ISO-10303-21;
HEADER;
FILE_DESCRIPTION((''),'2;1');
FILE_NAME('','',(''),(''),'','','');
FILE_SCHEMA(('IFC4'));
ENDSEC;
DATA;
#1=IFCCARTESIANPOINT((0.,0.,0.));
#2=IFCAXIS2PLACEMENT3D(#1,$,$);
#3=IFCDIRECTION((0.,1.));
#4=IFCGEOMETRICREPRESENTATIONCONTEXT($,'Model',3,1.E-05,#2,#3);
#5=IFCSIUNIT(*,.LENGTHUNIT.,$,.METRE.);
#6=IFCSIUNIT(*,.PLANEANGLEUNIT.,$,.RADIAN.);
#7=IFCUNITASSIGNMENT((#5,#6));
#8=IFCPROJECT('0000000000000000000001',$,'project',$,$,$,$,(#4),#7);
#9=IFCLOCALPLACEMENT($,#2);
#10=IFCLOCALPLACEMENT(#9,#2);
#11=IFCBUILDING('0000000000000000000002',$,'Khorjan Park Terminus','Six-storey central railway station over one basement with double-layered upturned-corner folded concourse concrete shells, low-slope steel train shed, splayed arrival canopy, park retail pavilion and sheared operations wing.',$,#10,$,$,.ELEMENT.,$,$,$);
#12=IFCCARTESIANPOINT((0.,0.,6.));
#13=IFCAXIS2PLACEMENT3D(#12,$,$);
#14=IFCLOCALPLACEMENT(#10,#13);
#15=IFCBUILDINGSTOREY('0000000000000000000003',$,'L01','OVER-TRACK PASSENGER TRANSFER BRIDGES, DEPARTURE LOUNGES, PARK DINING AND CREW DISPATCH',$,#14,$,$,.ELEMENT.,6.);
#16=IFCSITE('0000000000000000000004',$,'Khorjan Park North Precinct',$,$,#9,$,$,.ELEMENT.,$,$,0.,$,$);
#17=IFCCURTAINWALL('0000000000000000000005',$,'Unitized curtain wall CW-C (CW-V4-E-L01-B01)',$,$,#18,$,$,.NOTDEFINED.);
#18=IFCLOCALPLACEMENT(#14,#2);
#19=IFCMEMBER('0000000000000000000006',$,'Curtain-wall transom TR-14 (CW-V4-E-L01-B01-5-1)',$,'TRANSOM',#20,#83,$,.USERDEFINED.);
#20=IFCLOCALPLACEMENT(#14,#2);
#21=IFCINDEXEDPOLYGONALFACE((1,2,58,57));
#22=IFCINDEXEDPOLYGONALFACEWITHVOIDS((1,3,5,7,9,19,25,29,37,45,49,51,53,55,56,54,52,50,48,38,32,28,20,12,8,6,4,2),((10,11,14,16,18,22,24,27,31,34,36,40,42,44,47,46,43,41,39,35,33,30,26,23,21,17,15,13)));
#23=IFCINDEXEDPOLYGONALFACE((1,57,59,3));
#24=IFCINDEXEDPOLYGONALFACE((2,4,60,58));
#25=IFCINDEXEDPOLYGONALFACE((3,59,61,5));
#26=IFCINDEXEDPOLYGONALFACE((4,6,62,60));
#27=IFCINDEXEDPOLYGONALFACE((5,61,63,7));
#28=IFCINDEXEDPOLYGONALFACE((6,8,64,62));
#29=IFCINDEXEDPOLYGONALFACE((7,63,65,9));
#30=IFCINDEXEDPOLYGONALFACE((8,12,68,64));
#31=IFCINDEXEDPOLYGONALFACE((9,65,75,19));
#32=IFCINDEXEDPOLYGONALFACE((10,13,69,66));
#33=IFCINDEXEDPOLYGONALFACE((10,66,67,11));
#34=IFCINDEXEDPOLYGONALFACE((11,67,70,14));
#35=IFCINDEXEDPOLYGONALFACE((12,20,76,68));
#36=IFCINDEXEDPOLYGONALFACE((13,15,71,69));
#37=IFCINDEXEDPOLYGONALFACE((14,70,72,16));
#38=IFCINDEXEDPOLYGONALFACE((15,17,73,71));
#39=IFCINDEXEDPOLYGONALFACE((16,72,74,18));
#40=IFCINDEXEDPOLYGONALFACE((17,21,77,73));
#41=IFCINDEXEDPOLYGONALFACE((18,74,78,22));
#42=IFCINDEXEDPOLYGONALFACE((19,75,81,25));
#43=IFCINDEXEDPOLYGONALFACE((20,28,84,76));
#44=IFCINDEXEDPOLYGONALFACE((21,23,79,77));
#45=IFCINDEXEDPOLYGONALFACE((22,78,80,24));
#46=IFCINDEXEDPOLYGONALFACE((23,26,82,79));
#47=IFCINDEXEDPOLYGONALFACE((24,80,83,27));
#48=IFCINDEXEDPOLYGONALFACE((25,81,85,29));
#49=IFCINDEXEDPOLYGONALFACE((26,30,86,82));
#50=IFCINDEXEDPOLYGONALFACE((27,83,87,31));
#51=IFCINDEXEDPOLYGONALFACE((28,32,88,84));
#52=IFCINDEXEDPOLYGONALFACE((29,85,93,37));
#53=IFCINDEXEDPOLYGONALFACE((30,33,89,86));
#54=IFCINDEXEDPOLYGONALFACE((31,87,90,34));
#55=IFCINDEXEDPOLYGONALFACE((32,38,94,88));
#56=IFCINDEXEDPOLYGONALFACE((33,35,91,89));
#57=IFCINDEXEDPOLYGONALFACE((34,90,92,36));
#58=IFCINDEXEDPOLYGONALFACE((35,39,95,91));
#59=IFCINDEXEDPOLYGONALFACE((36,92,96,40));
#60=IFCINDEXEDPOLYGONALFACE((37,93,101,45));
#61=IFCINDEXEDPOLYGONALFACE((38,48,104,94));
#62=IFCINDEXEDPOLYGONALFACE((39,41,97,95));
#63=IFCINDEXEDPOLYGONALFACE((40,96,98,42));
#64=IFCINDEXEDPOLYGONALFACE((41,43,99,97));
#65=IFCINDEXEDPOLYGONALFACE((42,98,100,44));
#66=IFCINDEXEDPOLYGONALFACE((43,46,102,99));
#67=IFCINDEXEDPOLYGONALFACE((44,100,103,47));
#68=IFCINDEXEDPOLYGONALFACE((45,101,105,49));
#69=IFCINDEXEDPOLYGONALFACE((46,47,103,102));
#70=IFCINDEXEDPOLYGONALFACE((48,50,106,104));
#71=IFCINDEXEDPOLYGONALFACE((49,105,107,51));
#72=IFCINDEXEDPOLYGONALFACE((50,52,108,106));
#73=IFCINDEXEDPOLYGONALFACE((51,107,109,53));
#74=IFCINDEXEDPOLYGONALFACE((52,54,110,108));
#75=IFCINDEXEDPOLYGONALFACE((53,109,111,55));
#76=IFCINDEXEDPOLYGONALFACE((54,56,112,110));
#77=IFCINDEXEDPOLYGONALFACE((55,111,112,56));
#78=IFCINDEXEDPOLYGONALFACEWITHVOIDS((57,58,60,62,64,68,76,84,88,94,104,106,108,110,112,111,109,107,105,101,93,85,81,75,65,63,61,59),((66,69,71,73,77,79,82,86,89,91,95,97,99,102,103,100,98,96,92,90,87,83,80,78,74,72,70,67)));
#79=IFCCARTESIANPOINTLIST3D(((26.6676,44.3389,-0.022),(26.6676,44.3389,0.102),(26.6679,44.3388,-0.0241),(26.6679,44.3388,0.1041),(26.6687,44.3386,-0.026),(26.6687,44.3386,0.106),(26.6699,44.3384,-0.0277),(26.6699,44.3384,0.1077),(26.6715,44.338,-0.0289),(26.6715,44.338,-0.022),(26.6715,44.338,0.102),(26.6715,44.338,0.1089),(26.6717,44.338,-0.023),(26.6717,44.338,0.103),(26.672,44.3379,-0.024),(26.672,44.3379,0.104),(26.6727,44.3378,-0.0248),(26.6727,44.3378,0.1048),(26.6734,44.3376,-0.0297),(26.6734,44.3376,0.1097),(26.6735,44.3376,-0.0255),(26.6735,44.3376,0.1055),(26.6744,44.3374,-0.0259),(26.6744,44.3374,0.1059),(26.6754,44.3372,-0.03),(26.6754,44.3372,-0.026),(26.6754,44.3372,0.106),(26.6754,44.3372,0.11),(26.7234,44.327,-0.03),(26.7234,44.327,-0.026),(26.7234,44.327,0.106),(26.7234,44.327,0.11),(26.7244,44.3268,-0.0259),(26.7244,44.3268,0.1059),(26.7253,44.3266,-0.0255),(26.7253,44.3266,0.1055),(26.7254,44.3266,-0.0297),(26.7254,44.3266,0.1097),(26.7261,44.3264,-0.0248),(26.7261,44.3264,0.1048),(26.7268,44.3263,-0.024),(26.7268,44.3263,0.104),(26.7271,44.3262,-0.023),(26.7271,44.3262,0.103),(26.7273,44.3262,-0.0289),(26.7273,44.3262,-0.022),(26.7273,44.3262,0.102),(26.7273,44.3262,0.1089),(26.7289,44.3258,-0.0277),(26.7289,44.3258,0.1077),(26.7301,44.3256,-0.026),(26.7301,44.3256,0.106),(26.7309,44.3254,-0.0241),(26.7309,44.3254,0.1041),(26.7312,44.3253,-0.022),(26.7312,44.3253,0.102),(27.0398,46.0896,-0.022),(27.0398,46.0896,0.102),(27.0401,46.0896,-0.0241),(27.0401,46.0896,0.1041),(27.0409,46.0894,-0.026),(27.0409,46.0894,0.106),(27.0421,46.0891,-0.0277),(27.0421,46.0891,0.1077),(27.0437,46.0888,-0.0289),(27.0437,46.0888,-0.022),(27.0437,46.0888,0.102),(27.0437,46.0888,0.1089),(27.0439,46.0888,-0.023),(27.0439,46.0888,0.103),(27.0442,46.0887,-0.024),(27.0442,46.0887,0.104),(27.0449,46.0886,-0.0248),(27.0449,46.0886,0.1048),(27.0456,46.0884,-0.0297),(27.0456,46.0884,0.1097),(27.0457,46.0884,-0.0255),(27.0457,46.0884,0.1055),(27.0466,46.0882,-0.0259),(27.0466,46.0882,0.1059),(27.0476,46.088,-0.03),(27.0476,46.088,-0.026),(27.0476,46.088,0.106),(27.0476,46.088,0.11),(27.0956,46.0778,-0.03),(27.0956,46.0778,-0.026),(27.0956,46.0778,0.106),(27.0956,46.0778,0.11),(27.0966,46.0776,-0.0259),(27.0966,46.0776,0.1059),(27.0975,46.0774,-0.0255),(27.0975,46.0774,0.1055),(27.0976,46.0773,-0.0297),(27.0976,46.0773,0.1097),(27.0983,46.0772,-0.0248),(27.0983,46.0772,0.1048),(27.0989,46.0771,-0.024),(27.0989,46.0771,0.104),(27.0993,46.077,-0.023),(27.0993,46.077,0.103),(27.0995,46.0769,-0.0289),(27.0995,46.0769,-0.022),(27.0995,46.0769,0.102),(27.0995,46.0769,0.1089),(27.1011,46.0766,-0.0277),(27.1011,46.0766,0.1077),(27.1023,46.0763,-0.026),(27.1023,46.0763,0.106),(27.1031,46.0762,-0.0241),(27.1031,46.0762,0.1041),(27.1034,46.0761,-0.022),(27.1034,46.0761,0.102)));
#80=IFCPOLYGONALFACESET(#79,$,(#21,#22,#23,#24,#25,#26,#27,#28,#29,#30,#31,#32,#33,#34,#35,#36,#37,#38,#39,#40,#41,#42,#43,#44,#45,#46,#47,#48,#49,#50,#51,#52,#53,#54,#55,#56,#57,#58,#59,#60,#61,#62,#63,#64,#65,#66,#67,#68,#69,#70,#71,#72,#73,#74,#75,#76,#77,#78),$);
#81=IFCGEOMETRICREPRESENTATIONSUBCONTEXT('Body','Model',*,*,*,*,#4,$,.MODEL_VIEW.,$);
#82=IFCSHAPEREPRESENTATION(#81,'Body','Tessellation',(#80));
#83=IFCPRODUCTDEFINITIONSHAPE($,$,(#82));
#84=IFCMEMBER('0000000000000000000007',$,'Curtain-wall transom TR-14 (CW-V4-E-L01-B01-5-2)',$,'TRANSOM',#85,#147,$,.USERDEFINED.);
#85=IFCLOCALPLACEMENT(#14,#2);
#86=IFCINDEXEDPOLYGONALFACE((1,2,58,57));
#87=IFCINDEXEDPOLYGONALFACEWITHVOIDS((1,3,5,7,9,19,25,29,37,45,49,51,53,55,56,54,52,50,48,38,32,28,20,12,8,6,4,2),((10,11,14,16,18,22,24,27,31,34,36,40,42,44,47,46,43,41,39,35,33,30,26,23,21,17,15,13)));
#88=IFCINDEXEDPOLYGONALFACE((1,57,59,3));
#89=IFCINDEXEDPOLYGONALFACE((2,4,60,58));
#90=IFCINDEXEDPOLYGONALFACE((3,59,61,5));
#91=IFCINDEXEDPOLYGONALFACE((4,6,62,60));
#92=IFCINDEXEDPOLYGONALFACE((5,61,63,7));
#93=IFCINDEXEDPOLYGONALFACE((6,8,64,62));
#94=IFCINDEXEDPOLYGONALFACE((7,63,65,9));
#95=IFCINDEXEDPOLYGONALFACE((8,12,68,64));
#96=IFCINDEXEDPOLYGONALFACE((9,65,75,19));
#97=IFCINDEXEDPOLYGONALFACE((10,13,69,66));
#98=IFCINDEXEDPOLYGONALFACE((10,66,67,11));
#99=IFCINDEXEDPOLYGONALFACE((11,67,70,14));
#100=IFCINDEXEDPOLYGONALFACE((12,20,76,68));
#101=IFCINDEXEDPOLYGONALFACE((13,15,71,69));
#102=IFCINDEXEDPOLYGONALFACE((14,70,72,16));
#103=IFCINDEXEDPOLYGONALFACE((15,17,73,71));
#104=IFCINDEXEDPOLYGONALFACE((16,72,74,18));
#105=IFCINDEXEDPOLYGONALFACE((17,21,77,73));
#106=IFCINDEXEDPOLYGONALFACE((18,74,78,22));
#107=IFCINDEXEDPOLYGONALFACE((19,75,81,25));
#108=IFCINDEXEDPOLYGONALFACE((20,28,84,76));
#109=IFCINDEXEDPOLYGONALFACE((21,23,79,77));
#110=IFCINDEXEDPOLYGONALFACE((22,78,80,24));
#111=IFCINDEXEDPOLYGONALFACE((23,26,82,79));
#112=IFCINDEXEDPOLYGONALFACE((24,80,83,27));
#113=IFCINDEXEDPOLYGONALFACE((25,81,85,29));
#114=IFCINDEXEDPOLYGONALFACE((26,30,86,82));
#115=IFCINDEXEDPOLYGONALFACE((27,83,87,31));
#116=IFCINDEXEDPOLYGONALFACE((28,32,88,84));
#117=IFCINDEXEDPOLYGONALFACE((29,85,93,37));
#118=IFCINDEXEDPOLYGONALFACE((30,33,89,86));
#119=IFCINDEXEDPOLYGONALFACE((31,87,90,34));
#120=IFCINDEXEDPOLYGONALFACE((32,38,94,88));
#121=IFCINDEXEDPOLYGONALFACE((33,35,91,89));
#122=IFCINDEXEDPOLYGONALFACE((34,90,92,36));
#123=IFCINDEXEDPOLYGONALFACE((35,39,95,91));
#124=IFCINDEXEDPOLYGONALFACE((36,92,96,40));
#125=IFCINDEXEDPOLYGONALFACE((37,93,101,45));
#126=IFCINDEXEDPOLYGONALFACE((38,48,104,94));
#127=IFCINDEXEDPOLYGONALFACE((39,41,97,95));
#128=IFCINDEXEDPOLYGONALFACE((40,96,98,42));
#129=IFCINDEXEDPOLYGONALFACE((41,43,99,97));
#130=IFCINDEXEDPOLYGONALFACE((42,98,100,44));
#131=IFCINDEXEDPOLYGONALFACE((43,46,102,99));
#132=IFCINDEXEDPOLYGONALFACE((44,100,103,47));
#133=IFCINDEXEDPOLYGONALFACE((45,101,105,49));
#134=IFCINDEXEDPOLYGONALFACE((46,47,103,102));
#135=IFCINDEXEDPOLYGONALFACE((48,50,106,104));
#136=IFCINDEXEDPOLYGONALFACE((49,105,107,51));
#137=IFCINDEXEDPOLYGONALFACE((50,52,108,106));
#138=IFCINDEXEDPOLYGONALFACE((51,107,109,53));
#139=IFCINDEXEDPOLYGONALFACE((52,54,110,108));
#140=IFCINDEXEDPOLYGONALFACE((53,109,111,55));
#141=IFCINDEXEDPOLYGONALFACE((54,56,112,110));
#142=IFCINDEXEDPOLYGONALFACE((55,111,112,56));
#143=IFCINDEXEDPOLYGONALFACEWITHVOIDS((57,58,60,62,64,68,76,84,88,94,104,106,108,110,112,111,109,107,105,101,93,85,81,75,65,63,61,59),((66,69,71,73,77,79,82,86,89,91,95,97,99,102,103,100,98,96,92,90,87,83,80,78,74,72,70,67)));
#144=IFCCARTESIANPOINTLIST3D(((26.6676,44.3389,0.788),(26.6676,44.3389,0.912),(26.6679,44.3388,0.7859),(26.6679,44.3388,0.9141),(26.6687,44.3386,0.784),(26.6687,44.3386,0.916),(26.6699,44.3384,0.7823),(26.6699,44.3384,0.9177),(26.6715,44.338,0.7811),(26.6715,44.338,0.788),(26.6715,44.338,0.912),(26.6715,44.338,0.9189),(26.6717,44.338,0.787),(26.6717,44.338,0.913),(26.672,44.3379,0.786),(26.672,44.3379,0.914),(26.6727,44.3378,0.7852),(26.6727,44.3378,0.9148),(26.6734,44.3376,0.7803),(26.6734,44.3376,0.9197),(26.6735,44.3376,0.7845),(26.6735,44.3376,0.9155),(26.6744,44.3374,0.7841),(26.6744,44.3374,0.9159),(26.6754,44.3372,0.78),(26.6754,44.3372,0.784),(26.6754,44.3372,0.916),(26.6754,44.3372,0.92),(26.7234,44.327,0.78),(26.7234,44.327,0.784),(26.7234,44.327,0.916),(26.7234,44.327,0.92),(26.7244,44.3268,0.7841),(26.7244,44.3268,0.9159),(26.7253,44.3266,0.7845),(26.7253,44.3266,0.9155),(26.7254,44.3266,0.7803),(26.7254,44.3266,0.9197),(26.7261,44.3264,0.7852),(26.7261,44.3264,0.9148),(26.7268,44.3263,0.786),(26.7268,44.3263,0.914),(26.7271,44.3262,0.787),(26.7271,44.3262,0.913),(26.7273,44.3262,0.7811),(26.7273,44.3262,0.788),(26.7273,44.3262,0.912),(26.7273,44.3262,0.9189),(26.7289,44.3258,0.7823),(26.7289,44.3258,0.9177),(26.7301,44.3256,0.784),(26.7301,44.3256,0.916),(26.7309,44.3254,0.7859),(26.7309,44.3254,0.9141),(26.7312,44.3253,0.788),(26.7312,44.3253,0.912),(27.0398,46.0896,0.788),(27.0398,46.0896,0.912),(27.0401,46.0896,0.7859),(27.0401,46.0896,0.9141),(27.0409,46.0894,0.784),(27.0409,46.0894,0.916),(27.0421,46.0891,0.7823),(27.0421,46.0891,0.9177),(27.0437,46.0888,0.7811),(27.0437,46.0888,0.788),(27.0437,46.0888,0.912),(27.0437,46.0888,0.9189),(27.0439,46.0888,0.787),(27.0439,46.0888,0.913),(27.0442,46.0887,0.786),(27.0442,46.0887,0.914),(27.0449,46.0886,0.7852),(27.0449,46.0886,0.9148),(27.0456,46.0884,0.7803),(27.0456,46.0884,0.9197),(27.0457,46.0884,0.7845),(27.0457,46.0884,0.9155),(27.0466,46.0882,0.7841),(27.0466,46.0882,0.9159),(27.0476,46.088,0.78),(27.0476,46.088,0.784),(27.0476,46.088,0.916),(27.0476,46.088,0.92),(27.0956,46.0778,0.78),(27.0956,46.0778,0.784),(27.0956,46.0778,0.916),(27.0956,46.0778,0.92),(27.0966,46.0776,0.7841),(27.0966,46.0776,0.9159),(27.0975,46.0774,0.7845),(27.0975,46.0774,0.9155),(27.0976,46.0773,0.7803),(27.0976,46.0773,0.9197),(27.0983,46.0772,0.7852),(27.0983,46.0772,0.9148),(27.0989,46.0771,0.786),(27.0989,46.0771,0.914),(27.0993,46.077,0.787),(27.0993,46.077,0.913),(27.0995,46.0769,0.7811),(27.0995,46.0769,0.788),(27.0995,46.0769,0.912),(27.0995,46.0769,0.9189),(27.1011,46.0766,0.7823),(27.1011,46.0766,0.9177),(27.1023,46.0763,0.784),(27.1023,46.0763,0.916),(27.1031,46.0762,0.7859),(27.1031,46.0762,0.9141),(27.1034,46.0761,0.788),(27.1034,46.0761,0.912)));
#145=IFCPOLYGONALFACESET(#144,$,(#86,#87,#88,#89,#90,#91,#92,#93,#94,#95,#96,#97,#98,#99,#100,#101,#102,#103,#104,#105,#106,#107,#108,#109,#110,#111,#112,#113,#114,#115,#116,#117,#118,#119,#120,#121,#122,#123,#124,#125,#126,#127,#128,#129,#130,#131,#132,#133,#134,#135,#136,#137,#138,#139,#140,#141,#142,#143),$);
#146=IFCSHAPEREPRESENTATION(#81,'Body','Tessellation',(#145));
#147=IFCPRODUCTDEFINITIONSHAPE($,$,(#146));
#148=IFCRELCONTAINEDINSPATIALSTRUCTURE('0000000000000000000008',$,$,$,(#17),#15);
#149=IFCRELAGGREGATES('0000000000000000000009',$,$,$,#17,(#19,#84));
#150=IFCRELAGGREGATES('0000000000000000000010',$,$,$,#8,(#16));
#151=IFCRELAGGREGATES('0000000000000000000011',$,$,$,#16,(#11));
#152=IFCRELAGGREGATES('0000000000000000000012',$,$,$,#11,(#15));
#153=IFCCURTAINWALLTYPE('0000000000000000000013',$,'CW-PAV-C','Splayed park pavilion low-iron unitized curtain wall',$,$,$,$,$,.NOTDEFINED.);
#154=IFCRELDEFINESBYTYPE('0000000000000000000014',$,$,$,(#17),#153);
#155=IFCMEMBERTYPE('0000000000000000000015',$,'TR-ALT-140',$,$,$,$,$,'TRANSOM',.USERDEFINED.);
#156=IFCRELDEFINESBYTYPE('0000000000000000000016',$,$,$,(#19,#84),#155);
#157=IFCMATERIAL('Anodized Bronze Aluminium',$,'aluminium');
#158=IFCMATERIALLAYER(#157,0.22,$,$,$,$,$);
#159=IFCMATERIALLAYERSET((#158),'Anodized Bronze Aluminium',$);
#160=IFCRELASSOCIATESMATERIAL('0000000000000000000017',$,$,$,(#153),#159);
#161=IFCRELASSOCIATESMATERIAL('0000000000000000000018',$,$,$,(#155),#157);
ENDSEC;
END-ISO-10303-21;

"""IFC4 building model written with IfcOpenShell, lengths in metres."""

from ifc_helpers import new_model, si_unit, direction, frame, origin, origin_2d, place, context, subcontext, project, spatial, hollow_rectangle, extrude, material, layer, layer_set, material_profile, profile_set, type_object, element, aggregate, save


model = new_model("IFC4")

# Units and contexts
model_context = context("Model", 3, precision=1e-05, world=origin(), true_north=direction((0.0, 1.0)))
body_context = subcontext(model_context, "Body", "Model", "MODEL_VIEW")
ifc_project = project(units=[si_unit("LENGTHUNIT", "METRE"), si_unit("PLANEANGLEUNIT", "RADIAN")], contexts=[model_context])

# Site, building, storey
site_placement = place(None, origin())
site = spatial("IfcSite", under=ifc_project, at=site_placement, Name="Khorjan Park North Precinct", CompositionType="ELEMENT", RefElevation=0.0)
building_placement = place(site_placement, origin())
building = spatial("IfcBuilding", under=site, at=building_placement, Name="Khorjan Park Terminus", Description="Six-storey central railway station over one basement with double-layered upturned-corner folded concourse concrete shells, low-slope steel train shed, splayed arrival canopy, park retail pavilion and sheared operations wing.", CompositionType="ELEMENT")
storey_placement = place(building_placement, frame((0.0, 0.0, 6.0)))
storey = spatial("IfcBuildingStorey", under=building, at=storey_placement, Name="L01", Description="OVER-TRACK PASSENGER TRANSFER BRIDGES, DEPARTURE LOUNGES, PARK DINING AND CREW DISPATCH", CompositionType="ELEMENT", Elevation=6.0)

# Curtain wall, members
ifc_material_1 = material(Name="Anodized Bronze Aluminium", Category="aluminium")
ifc_layer_1 = layer(ifc_material_1, 0.22)
ifc_layer_set_1 = layer_set([ifc_layer_1], Name="Anodized Bronze Aluminium")
curtain_wall_type = type_object("IfcCurtainWallType", Name="CW-PAV-C", Description="Splayed park pavilion low-iron unitized curtain wall", PredefinedType="NOTDEFINED", material=ifc_layer_set_1)
curtain_wall_placement = place(storey_placement, origin())
curtain_wall = element("IfcCurtainWall", 1, at=curtain_wall_placement, inside=storey, type_object=curtain_wall_type, Name="Unitized curtain wall CW-C (CW-V4-E-L01-B01)", PredefinedType="NOTDEFINED")
ifc_material_profile_1 = material_profile(ifc_material_1, hollow_rectangle(XDim=0.065, YDim=0.14, WallThickness=0.004, InnerFilletRadius=0.004, OuterFilletRadius=0.008, at=origin_2d()), Name="ALT 65x140x4")
ifc_profile_set_1 = profile_set([ifc_material_profile_1], Name="Anodized Bronze Aluminium")
member_type_1 = type_object("IfcMemberType", Name="TR-ALT-140", ElementType="TRANSOM", PredefinedType="USERDEFINED", material=ifc_profile_set_1)
member_1_placement = place(storey_placement, frame((26.6994, 44.3321, 0.04), z_axis=(0.207942, 0.978141, 0.0), x_axis=(-0.978141, 0.207942, 0.0)))
member_1 = element("IfcMember", 2, at=member_1_placement, type_object=member_type_1, Name="Curtain-wall transom TR-14 (CW-V4-E-L01-B01-5-1)", ObjectType="TRANSOM", PredefinedType="USERDEFINED", context=body_context, shape_type="SweptSolid", body=[
    extrude(hollow_rectangle(XDim=0.065, YDim=0.14, WallThickness=0.004, InnerFilletRadius=0.004, OuterFilletRadius=0.008, at=origin_2d()), origin(), (0.0, 0.0, 1.0), 1.7899),
])
member_2_placement = place(storey_placement, frame((26.6994, 44.3321, 0.85), z_axis=(0.207942, 0.978141, 0.0), x_axis=(-0.978141, 0.207942, 0.0)))
member_2 = element("IfcMember", 3, at=member_2_placement, type_object=member_type_1, Name="Curtain-wall transom TR-14 (CW-V4-E-L01-B01-5-2)", ObjectType="TRANSOM", PredefinedType="USERDEFINED", context=body_context, shape_type="SweptSolid", body=[
    extrude(hollow_rectangle(XDim=0.065, YDim=0.14, WallThickness=0.004, InnerFilletRadius=0.004, OuterFilletRadius=0.008, at=origin_2d()), origin(), (0.0, 0.0, 1.0), 1.7899),
])
aggregate(curtain_wall, [member_1, member_2])

save(model, "model.ifc")
